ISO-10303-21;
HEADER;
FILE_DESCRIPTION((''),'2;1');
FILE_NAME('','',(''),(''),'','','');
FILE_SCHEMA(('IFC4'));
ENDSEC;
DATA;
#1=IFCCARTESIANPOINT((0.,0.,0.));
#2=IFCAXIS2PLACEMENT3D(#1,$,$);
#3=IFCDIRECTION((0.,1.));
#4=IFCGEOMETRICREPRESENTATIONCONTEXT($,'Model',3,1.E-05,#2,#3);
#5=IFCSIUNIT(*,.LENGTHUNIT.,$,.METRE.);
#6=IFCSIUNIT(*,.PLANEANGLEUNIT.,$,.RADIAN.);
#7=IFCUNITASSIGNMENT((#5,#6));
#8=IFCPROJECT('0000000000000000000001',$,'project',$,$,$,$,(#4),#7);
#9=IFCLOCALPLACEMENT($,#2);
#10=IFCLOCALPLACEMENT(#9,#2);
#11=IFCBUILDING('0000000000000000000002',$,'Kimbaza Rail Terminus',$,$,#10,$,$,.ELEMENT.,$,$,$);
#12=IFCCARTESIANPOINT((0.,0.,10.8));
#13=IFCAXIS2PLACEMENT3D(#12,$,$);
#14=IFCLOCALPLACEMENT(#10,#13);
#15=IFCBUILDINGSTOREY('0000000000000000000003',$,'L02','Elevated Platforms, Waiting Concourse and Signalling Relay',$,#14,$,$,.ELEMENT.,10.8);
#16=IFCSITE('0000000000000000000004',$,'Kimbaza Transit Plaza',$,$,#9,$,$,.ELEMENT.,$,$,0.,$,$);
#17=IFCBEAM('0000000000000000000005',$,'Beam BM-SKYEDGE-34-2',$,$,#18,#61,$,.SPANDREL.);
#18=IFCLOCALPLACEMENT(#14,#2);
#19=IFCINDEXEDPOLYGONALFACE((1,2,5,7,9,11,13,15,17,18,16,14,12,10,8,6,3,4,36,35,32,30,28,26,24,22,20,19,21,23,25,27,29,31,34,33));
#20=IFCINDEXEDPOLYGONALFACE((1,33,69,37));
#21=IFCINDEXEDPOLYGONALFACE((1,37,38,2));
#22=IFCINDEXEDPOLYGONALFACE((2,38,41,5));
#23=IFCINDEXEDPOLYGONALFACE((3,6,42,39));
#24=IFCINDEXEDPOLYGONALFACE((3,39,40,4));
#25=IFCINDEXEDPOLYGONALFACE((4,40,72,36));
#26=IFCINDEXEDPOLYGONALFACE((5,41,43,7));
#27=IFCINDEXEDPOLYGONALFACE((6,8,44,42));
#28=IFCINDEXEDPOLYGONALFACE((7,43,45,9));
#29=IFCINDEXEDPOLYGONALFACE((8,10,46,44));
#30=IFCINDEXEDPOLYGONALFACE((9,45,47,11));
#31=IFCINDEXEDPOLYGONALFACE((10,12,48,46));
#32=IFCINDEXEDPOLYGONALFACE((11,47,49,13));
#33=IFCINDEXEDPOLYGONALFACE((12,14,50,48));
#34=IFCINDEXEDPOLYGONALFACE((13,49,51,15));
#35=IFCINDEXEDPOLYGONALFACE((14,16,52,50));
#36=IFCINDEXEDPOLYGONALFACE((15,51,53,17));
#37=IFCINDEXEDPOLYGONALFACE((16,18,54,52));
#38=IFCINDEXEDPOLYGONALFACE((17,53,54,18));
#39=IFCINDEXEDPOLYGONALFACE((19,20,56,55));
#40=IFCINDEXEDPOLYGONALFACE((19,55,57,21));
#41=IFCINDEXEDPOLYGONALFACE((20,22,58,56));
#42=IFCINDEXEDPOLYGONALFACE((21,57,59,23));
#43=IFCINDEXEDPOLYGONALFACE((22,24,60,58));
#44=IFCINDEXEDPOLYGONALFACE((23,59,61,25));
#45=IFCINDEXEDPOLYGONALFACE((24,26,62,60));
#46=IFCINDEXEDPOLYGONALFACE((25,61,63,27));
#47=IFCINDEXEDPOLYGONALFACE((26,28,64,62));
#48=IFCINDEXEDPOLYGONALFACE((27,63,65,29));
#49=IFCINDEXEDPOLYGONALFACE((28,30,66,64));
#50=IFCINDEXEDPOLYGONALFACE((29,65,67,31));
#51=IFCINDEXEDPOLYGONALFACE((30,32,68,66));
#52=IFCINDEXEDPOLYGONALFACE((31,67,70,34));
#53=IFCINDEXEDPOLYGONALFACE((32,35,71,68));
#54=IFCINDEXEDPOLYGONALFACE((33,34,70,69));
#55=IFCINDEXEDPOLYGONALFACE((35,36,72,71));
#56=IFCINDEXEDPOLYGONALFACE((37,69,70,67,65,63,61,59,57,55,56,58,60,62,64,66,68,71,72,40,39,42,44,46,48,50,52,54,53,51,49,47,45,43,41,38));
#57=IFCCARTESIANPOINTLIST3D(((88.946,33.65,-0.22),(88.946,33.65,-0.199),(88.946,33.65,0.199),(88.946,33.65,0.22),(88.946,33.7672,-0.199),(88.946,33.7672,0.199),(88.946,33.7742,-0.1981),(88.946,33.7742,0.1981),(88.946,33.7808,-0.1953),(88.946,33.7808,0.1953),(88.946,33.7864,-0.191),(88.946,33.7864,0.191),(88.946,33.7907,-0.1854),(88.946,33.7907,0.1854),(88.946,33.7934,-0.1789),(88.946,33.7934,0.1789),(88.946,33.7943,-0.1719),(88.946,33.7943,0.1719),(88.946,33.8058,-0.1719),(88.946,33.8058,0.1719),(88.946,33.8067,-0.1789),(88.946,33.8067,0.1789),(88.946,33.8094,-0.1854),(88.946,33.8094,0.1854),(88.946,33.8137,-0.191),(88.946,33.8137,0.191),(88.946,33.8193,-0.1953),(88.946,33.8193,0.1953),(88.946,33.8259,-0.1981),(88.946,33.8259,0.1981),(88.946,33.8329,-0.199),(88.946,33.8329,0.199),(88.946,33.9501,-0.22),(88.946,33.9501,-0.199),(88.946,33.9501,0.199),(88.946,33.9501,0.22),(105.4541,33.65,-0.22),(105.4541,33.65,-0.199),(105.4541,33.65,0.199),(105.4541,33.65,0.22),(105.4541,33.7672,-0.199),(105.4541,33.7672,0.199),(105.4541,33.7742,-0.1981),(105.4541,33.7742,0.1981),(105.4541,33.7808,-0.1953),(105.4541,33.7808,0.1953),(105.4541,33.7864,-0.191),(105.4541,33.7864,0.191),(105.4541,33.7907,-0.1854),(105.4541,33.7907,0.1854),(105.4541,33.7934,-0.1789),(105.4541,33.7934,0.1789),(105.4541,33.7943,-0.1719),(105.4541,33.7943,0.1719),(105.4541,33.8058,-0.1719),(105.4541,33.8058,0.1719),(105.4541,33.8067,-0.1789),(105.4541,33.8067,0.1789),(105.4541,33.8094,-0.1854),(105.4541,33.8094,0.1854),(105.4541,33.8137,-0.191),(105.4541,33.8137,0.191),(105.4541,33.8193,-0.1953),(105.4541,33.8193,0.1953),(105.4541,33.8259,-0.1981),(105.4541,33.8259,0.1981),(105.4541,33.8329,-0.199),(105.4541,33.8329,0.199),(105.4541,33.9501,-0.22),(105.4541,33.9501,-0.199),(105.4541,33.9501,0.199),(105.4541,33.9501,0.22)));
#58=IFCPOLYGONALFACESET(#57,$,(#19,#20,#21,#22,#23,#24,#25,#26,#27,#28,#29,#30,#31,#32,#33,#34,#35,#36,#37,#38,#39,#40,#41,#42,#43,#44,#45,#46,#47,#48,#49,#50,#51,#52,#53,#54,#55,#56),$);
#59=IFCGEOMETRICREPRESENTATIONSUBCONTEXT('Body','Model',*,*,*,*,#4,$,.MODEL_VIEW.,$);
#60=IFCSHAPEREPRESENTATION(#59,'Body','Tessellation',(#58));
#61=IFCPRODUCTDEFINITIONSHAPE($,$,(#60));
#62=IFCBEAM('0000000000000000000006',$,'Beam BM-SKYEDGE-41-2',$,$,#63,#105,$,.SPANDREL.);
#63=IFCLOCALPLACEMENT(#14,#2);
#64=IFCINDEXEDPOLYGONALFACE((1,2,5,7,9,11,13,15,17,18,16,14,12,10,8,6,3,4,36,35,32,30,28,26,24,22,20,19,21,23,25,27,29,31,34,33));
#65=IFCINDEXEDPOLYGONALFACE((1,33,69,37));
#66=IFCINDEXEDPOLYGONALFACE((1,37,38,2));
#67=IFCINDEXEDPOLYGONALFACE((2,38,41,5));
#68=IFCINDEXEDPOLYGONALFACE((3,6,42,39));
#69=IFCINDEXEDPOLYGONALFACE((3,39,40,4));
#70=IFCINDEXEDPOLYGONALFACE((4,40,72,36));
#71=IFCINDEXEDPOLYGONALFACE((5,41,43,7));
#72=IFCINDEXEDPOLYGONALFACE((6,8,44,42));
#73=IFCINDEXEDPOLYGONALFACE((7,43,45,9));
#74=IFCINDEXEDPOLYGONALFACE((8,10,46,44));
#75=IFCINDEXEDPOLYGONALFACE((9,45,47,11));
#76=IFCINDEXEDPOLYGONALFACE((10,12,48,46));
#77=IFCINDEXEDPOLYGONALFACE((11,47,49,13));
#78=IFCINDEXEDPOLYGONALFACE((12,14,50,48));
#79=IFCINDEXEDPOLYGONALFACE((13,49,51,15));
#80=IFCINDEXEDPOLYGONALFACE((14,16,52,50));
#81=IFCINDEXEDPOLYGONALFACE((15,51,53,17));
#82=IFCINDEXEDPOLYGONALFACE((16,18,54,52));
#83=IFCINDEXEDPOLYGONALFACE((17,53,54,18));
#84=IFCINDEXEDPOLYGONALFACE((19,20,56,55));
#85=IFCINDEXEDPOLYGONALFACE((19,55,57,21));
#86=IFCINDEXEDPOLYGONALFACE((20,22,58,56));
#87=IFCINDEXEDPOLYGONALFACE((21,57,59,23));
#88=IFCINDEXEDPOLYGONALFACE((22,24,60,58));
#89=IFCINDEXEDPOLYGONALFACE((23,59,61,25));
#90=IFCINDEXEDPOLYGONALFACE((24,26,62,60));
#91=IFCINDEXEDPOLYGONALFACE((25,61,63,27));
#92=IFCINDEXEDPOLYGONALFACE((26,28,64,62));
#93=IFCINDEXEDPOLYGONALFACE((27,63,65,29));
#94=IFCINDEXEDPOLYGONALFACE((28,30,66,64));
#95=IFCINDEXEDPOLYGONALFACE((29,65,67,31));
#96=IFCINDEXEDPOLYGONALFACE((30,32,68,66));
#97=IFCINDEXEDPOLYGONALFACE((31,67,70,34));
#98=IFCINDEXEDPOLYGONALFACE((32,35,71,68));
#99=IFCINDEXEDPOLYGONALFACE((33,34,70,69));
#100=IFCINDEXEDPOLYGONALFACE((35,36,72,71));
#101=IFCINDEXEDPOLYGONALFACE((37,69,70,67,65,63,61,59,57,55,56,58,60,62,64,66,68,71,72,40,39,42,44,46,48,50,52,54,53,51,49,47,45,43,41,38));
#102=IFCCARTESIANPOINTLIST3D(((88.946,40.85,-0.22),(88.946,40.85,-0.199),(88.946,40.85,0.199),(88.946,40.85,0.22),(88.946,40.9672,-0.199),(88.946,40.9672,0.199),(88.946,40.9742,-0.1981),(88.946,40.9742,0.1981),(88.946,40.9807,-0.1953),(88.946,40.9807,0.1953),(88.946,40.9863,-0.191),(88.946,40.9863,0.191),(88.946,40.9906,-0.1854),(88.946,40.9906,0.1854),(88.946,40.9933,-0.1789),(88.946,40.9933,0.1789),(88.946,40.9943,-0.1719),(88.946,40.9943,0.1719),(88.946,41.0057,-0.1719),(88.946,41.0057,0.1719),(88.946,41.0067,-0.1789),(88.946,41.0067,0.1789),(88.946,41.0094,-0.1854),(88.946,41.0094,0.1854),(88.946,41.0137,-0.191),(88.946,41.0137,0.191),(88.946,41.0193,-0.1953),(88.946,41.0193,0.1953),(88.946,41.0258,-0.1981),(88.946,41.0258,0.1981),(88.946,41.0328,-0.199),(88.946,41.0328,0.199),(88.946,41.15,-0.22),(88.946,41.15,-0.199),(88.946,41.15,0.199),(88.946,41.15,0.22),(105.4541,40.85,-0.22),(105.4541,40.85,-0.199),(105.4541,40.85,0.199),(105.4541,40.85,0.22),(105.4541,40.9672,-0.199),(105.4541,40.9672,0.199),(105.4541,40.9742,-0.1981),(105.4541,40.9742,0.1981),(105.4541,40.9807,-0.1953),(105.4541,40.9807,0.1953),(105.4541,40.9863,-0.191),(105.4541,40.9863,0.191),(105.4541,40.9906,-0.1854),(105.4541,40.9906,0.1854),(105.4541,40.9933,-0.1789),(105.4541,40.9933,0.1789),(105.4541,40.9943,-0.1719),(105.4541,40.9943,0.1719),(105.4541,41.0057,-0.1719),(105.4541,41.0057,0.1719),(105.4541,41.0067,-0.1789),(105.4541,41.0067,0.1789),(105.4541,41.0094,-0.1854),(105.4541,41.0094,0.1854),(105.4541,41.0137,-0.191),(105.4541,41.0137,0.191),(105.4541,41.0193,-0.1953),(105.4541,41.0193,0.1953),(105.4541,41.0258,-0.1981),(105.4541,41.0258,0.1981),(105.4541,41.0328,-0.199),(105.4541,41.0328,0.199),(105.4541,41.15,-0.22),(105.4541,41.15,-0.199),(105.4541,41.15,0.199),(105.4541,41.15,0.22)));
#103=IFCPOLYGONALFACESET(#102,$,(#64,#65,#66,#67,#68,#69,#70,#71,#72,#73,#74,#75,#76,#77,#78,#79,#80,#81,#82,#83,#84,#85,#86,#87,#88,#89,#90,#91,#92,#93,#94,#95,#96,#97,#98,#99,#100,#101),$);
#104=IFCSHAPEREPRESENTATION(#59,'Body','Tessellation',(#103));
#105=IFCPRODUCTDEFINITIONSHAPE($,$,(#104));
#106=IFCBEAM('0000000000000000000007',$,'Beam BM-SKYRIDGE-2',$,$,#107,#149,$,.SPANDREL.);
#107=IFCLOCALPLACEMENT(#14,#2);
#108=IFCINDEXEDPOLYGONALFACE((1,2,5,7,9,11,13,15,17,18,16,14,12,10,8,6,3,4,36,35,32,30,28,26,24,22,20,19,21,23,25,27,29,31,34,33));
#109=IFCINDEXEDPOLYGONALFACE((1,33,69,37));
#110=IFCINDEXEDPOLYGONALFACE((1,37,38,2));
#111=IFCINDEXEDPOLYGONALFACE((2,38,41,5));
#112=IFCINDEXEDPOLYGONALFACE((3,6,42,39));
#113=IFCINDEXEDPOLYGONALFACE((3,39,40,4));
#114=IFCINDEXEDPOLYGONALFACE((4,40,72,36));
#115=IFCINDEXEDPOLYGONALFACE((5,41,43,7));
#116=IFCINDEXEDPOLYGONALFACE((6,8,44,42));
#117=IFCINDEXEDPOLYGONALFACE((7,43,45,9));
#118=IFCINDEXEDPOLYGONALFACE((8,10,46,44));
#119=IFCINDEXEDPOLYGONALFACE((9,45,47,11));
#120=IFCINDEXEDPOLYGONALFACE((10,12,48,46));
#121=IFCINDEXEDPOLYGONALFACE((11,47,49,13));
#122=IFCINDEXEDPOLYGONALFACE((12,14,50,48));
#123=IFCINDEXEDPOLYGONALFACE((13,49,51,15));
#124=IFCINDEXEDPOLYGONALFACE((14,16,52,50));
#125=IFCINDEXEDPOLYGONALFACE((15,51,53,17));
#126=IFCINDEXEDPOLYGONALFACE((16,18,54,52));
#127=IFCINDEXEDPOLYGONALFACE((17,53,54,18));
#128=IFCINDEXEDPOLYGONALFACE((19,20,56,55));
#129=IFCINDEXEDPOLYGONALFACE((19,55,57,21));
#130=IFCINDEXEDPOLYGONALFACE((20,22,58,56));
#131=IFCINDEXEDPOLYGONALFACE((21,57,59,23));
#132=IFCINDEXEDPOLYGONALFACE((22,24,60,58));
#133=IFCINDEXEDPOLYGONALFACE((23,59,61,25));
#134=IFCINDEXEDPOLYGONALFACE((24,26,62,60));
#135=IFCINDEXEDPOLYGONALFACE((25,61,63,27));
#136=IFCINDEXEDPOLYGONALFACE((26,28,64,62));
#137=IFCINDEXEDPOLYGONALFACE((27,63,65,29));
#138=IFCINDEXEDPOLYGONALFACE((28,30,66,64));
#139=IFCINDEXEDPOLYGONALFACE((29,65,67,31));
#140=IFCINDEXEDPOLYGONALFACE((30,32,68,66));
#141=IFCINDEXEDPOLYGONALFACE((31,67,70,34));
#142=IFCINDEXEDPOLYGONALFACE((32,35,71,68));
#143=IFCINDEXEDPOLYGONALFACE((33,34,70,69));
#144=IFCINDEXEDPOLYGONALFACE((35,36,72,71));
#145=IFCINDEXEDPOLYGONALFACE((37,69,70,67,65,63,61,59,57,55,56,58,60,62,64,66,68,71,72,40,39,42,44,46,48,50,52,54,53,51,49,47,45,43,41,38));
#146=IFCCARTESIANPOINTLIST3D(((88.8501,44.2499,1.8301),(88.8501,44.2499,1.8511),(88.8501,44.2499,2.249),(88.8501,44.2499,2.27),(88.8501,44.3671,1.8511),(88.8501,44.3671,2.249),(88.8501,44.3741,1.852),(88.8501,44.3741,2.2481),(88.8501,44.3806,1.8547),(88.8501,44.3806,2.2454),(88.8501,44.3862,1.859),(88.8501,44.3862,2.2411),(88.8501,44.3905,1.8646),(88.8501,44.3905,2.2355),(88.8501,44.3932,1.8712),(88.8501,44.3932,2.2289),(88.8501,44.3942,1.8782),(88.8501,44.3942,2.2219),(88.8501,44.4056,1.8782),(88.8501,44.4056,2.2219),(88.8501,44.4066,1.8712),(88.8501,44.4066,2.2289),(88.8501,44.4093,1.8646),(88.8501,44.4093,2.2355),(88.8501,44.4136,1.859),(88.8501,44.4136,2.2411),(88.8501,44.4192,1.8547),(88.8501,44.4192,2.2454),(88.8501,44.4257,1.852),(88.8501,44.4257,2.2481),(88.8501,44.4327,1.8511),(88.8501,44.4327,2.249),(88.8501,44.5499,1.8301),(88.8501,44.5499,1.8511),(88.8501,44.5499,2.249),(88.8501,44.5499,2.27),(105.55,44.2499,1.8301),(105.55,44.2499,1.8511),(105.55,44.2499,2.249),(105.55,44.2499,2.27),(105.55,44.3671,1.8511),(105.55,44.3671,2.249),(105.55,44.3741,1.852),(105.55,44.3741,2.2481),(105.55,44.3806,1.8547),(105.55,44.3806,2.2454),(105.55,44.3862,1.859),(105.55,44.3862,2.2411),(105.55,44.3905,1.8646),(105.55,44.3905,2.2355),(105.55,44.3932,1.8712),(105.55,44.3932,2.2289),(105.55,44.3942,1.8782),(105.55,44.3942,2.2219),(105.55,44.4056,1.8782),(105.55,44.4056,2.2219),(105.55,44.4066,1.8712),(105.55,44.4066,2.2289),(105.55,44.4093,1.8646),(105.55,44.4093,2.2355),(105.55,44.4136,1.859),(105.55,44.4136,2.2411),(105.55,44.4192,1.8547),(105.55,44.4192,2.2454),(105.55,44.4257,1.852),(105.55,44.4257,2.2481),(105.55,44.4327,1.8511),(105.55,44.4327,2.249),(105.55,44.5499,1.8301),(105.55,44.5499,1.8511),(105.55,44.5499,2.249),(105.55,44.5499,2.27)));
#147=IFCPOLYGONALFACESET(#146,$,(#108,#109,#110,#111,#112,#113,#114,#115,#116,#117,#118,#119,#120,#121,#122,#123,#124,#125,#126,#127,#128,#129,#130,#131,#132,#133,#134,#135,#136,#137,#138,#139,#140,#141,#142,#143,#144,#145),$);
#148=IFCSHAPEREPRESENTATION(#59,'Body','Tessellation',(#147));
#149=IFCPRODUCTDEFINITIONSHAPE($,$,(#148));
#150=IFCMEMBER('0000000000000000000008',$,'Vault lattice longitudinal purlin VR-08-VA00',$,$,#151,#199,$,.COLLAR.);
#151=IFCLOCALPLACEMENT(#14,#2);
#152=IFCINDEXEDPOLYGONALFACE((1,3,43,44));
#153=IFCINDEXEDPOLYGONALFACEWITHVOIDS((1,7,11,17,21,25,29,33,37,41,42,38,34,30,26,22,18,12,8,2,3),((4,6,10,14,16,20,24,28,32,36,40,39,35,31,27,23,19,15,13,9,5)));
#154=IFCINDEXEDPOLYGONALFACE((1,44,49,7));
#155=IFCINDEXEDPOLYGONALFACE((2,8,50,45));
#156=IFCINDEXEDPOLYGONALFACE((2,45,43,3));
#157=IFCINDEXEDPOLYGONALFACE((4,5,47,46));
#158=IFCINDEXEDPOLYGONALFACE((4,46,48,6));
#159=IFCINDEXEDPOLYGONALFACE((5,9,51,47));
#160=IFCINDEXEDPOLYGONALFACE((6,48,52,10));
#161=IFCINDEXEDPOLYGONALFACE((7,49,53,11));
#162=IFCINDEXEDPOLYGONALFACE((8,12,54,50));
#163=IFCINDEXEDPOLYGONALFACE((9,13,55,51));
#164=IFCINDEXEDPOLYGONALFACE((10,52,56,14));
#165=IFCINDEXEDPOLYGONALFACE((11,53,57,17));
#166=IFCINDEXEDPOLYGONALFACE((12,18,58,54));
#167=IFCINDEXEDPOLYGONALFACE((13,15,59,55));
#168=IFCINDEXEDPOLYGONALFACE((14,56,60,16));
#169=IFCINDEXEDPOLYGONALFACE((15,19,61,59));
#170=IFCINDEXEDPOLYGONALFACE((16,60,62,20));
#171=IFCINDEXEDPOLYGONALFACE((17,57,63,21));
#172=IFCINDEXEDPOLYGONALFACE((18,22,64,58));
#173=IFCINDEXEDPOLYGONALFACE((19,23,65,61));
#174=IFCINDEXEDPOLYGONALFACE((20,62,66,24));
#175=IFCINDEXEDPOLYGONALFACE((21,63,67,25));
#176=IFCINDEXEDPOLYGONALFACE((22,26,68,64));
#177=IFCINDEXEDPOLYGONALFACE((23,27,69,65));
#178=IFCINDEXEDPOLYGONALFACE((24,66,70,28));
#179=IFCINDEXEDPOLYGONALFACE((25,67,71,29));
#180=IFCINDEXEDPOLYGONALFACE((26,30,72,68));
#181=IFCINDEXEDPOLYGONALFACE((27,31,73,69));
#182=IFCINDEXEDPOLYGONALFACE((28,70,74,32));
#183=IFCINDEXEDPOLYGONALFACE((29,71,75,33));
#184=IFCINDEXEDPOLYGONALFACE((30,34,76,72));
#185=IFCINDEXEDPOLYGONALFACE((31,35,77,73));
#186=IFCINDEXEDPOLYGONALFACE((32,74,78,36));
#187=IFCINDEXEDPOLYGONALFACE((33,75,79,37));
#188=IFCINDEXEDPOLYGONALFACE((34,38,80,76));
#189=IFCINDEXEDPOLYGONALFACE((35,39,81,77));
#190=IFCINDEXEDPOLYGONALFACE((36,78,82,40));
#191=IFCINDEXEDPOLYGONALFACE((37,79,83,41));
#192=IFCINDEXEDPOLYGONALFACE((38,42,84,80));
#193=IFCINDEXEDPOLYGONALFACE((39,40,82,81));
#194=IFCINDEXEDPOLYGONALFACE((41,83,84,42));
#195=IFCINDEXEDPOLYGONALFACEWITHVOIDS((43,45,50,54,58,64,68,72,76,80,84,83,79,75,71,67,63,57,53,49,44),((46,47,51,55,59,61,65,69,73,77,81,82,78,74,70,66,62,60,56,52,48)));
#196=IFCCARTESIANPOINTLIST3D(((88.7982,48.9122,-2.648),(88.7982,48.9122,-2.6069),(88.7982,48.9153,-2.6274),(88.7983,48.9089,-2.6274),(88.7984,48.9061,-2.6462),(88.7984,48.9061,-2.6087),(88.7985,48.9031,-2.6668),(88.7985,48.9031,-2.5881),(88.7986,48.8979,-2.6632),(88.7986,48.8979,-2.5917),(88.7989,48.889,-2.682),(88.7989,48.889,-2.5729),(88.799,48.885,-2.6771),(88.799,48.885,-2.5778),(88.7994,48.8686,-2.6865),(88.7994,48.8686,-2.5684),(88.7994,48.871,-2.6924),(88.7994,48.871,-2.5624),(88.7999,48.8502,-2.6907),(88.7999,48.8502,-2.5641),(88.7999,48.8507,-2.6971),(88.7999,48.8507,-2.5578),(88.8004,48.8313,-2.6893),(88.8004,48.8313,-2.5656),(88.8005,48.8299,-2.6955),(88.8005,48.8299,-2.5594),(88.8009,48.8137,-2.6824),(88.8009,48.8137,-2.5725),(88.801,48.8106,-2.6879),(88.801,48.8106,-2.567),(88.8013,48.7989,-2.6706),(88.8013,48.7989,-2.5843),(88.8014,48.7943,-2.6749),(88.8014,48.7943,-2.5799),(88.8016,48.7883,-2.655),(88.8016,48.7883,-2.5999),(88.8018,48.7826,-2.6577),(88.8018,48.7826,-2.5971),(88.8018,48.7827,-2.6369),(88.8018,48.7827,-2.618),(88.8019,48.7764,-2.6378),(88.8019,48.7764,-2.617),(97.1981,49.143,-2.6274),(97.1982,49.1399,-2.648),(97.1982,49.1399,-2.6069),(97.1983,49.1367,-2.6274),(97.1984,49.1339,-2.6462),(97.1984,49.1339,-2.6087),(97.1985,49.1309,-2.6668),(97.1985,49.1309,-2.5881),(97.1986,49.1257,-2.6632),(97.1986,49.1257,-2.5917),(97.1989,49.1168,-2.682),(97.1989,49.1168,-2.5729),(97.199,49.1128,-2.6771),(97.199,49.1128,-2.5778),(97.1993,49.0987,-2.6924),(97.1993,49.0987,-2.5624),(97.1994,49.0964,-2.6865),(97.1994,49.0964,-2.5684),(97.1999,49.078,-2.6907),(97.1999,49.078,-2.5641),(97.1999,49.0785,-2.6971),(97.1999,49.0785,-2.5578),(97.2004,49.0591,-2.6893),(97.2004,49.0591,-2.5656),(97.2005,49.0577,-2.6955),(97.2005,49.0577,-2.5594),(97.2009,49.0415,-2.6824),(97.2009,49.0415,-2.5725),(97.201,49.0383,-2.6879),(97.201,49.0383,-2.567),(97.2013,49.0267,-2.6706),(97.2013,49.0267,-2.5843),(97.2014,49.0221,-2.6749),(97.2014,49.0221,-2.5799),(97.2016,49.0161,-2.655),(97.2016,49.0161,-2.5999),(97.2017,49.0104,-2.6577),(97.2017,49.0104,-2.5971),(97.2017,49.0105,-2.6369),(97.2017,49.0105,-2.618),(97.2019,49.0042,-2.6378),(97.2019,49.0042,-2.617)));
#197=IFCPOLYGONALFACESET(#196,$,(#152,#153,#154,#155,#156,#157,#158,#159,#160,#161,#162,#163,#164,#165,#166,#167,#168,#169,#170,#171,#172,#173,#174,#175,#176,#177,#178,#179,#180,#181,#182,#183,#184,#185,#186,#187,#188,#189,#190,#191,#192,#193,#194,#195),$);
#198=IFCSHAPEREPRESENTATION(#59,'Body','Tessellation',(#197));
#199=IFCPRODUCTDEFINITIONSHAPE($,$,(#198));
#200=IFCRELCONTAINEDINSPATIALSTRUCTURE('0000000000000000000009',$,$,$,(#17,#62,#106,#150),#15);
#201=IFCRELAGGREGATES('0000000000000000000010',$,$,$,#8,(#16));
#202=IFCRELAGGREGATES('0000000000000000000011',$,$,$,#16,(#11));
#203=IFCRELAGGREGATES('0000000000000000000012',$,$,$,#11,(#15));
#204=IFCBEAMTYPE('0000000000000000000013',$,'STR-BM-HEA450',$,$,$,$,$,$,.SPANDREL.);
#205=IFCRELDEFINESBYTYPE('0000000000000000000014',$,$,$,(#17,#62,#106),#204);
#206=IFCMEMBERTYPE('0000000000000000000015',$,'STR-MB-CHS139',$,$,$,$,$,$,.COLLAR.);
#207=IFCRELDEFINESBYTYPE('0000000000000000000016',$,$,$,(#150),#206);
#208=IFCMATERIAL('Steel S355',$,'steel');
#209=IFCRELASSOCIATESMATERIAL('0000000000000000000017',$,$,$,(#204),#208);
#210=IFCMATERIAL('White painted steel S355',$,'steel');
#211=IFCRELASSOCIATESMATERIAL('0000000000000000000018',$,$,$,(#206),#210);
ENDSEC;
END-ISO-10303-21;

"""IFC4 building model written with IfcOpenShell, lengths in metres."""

from ifc_helpers import new_model, si_unit, direction, frame, origin, origin_2d, place, context, subcontext, project, spatial, hollow_circle, i_section, extrude, material, material_profile, profile_set, type_object, element, save


model = new_model("IFC4")

# Units and contexts
model_context = context("Model", 3, precision=1e-05, world=origin(), true_north=direction((0.0, 1.0)))
body_context = subcontext(model_context, "Body", "Model", "MODEL_VIEW")
ifc_project = project(units=[si_unit("LENGTHUNIT", "METRE"), si_unit("PLANEANGLEUNIT", "RADIAN")], contexts=[model_context])

# Site, building, storey
site_placement = place(None, origin())
site = spatial("IfcSite", under=ifc_project, at=site_placement, Name="Kimbaza Transit Plaza", CompositionType="ELEMENT", RefElevation=0.0)
building_placement = place(site_placement, origin())
building = spatial("IfcBuilding", under=site, at=building_placement, Name="Kimbaza Rail Terminus", CompositionType="ELEMENT")
storey_placement = place(building_placement, frame((0.0, 0.0, 10.8)))
storey = spatial("IfcBuildingStorey", under=building, at=storey_placement, Name="L02", Description="Elevated Platforms, Waiting Concourse and Signalling Relay", CompositionType="ELEMENT", Elevation=10.8)

# Beams
ifc_material_1 = material(Name="Steel S355", Category="steel")
ifc_material_profile_1 = material_profile(ifc_material_1, i_section(OverallWidth=0.3, OverallDepth=0.4399, WebThickness=0.0115, FlangeThickness=0.021, FilletRadius=0.0271, at=origin_2d()), Name="HEA 450")
ifc_profile_set_1 = profile_set([ifc_material_profile_1], Name="Steel S355")
beam_type = type_object("IfcBeamType", Name="STR-BM-HEA450", PredefinedType="SPANDREL", material=ifc_profile_set_1)
for number, where, z_axis, x_axis, name in (
    (1, (88.946, 33.8, 0.0), (1.0, 0.0, 0.0), (0.0, 1.0, 0.0), "Beam BM-SKYEDGE-34-2"),
    (2, (88.946, 41.0, 0.0), (1.0, 0.0, 0.0), (0.0, 1.0, 0.0), "Beam BM-SKYEDGE-41-2"),
):
    element("IfcBeam", number, at=place(storey_placement, frame(where, z_axis=z_axis, x_axis=x_axis)), inside=storey, type_object=beam_type, Name=name, PredefinedType="SPANDREL", context=body_context, shape_type="SweptSolid", body=[
        extrude(i_section(OverallWidth=0.3, OverallDepth=0.4399, WebThickness=0.0115, FlangeThickness=0.021, FilletRadius=0.0271, at=origin_2d()), origin(), (0.0, 0.0, 1.0), 16.5081),
    ])
beam_placement = place(storey_placement, frame((88.8501, 44.3999, 2.05), z_axis=(1.0, 0.0, 0.0), x_axis=(0.0, 1.0, 0.0)))
element("IfcBeam", 3, at=beam_placement, inside=storey, type_object=beam_type, Name="Beam BM-SKYRIDGE-2", PredefinedType="SPANDREL", context=body_context, shape_type="SweptSolid", body=[
    extrude(i_section(OverallWidth=0.3, OverallDepth=0.4399, WebThickness=0.0115, FlangeThickness=0.021, FilletRadius=0.0271, at=origin_2d()), origin(), (0.0, 0.0, 1.0), 16.7),
])

# Member
ifc_material_2 = material(Name="White painted steel S355", Category="steel")
ifc_material_profile_2 = material_profile(ifc_material_2, hollow_circle(Radius=0.0698, WallThickness=0.0063, at=origin_2d()), Name="CHS 139.7x6.3")
ifc_profile_set_2 = profile_set([ifc_material_profile_2], Name="White painted steel S355")
member_type_1 = type_object("IfcMemberType", Name="STR-MB-CHS139", PredefinedType="COLLAR", material=ifc_profile_set_2)
member_1_placement = place(storey_placement, frame((88.8, 48.8455, -2.6274), z_axis=(0.999633, 0.027107, 0.0), x_axis=(-0.027107, 0.999633, 0.0)))
element("IfcMember", 4, at=member_1_placement, inside=storey, type_object=member_type_1, Name="Vault lattice longitudinal purlin VR-08-VA00", PredefinedType="COLLAR", context=body_context, shape_type="SweptSolid", body=[
    extrude(hollow_circle(Radius=0.0698, WallThickness=0.0063, at=origin_2d()), origin(), (0.0, 0.0, 1.0), 8.4031),
])

save(model, "model.ifc")
